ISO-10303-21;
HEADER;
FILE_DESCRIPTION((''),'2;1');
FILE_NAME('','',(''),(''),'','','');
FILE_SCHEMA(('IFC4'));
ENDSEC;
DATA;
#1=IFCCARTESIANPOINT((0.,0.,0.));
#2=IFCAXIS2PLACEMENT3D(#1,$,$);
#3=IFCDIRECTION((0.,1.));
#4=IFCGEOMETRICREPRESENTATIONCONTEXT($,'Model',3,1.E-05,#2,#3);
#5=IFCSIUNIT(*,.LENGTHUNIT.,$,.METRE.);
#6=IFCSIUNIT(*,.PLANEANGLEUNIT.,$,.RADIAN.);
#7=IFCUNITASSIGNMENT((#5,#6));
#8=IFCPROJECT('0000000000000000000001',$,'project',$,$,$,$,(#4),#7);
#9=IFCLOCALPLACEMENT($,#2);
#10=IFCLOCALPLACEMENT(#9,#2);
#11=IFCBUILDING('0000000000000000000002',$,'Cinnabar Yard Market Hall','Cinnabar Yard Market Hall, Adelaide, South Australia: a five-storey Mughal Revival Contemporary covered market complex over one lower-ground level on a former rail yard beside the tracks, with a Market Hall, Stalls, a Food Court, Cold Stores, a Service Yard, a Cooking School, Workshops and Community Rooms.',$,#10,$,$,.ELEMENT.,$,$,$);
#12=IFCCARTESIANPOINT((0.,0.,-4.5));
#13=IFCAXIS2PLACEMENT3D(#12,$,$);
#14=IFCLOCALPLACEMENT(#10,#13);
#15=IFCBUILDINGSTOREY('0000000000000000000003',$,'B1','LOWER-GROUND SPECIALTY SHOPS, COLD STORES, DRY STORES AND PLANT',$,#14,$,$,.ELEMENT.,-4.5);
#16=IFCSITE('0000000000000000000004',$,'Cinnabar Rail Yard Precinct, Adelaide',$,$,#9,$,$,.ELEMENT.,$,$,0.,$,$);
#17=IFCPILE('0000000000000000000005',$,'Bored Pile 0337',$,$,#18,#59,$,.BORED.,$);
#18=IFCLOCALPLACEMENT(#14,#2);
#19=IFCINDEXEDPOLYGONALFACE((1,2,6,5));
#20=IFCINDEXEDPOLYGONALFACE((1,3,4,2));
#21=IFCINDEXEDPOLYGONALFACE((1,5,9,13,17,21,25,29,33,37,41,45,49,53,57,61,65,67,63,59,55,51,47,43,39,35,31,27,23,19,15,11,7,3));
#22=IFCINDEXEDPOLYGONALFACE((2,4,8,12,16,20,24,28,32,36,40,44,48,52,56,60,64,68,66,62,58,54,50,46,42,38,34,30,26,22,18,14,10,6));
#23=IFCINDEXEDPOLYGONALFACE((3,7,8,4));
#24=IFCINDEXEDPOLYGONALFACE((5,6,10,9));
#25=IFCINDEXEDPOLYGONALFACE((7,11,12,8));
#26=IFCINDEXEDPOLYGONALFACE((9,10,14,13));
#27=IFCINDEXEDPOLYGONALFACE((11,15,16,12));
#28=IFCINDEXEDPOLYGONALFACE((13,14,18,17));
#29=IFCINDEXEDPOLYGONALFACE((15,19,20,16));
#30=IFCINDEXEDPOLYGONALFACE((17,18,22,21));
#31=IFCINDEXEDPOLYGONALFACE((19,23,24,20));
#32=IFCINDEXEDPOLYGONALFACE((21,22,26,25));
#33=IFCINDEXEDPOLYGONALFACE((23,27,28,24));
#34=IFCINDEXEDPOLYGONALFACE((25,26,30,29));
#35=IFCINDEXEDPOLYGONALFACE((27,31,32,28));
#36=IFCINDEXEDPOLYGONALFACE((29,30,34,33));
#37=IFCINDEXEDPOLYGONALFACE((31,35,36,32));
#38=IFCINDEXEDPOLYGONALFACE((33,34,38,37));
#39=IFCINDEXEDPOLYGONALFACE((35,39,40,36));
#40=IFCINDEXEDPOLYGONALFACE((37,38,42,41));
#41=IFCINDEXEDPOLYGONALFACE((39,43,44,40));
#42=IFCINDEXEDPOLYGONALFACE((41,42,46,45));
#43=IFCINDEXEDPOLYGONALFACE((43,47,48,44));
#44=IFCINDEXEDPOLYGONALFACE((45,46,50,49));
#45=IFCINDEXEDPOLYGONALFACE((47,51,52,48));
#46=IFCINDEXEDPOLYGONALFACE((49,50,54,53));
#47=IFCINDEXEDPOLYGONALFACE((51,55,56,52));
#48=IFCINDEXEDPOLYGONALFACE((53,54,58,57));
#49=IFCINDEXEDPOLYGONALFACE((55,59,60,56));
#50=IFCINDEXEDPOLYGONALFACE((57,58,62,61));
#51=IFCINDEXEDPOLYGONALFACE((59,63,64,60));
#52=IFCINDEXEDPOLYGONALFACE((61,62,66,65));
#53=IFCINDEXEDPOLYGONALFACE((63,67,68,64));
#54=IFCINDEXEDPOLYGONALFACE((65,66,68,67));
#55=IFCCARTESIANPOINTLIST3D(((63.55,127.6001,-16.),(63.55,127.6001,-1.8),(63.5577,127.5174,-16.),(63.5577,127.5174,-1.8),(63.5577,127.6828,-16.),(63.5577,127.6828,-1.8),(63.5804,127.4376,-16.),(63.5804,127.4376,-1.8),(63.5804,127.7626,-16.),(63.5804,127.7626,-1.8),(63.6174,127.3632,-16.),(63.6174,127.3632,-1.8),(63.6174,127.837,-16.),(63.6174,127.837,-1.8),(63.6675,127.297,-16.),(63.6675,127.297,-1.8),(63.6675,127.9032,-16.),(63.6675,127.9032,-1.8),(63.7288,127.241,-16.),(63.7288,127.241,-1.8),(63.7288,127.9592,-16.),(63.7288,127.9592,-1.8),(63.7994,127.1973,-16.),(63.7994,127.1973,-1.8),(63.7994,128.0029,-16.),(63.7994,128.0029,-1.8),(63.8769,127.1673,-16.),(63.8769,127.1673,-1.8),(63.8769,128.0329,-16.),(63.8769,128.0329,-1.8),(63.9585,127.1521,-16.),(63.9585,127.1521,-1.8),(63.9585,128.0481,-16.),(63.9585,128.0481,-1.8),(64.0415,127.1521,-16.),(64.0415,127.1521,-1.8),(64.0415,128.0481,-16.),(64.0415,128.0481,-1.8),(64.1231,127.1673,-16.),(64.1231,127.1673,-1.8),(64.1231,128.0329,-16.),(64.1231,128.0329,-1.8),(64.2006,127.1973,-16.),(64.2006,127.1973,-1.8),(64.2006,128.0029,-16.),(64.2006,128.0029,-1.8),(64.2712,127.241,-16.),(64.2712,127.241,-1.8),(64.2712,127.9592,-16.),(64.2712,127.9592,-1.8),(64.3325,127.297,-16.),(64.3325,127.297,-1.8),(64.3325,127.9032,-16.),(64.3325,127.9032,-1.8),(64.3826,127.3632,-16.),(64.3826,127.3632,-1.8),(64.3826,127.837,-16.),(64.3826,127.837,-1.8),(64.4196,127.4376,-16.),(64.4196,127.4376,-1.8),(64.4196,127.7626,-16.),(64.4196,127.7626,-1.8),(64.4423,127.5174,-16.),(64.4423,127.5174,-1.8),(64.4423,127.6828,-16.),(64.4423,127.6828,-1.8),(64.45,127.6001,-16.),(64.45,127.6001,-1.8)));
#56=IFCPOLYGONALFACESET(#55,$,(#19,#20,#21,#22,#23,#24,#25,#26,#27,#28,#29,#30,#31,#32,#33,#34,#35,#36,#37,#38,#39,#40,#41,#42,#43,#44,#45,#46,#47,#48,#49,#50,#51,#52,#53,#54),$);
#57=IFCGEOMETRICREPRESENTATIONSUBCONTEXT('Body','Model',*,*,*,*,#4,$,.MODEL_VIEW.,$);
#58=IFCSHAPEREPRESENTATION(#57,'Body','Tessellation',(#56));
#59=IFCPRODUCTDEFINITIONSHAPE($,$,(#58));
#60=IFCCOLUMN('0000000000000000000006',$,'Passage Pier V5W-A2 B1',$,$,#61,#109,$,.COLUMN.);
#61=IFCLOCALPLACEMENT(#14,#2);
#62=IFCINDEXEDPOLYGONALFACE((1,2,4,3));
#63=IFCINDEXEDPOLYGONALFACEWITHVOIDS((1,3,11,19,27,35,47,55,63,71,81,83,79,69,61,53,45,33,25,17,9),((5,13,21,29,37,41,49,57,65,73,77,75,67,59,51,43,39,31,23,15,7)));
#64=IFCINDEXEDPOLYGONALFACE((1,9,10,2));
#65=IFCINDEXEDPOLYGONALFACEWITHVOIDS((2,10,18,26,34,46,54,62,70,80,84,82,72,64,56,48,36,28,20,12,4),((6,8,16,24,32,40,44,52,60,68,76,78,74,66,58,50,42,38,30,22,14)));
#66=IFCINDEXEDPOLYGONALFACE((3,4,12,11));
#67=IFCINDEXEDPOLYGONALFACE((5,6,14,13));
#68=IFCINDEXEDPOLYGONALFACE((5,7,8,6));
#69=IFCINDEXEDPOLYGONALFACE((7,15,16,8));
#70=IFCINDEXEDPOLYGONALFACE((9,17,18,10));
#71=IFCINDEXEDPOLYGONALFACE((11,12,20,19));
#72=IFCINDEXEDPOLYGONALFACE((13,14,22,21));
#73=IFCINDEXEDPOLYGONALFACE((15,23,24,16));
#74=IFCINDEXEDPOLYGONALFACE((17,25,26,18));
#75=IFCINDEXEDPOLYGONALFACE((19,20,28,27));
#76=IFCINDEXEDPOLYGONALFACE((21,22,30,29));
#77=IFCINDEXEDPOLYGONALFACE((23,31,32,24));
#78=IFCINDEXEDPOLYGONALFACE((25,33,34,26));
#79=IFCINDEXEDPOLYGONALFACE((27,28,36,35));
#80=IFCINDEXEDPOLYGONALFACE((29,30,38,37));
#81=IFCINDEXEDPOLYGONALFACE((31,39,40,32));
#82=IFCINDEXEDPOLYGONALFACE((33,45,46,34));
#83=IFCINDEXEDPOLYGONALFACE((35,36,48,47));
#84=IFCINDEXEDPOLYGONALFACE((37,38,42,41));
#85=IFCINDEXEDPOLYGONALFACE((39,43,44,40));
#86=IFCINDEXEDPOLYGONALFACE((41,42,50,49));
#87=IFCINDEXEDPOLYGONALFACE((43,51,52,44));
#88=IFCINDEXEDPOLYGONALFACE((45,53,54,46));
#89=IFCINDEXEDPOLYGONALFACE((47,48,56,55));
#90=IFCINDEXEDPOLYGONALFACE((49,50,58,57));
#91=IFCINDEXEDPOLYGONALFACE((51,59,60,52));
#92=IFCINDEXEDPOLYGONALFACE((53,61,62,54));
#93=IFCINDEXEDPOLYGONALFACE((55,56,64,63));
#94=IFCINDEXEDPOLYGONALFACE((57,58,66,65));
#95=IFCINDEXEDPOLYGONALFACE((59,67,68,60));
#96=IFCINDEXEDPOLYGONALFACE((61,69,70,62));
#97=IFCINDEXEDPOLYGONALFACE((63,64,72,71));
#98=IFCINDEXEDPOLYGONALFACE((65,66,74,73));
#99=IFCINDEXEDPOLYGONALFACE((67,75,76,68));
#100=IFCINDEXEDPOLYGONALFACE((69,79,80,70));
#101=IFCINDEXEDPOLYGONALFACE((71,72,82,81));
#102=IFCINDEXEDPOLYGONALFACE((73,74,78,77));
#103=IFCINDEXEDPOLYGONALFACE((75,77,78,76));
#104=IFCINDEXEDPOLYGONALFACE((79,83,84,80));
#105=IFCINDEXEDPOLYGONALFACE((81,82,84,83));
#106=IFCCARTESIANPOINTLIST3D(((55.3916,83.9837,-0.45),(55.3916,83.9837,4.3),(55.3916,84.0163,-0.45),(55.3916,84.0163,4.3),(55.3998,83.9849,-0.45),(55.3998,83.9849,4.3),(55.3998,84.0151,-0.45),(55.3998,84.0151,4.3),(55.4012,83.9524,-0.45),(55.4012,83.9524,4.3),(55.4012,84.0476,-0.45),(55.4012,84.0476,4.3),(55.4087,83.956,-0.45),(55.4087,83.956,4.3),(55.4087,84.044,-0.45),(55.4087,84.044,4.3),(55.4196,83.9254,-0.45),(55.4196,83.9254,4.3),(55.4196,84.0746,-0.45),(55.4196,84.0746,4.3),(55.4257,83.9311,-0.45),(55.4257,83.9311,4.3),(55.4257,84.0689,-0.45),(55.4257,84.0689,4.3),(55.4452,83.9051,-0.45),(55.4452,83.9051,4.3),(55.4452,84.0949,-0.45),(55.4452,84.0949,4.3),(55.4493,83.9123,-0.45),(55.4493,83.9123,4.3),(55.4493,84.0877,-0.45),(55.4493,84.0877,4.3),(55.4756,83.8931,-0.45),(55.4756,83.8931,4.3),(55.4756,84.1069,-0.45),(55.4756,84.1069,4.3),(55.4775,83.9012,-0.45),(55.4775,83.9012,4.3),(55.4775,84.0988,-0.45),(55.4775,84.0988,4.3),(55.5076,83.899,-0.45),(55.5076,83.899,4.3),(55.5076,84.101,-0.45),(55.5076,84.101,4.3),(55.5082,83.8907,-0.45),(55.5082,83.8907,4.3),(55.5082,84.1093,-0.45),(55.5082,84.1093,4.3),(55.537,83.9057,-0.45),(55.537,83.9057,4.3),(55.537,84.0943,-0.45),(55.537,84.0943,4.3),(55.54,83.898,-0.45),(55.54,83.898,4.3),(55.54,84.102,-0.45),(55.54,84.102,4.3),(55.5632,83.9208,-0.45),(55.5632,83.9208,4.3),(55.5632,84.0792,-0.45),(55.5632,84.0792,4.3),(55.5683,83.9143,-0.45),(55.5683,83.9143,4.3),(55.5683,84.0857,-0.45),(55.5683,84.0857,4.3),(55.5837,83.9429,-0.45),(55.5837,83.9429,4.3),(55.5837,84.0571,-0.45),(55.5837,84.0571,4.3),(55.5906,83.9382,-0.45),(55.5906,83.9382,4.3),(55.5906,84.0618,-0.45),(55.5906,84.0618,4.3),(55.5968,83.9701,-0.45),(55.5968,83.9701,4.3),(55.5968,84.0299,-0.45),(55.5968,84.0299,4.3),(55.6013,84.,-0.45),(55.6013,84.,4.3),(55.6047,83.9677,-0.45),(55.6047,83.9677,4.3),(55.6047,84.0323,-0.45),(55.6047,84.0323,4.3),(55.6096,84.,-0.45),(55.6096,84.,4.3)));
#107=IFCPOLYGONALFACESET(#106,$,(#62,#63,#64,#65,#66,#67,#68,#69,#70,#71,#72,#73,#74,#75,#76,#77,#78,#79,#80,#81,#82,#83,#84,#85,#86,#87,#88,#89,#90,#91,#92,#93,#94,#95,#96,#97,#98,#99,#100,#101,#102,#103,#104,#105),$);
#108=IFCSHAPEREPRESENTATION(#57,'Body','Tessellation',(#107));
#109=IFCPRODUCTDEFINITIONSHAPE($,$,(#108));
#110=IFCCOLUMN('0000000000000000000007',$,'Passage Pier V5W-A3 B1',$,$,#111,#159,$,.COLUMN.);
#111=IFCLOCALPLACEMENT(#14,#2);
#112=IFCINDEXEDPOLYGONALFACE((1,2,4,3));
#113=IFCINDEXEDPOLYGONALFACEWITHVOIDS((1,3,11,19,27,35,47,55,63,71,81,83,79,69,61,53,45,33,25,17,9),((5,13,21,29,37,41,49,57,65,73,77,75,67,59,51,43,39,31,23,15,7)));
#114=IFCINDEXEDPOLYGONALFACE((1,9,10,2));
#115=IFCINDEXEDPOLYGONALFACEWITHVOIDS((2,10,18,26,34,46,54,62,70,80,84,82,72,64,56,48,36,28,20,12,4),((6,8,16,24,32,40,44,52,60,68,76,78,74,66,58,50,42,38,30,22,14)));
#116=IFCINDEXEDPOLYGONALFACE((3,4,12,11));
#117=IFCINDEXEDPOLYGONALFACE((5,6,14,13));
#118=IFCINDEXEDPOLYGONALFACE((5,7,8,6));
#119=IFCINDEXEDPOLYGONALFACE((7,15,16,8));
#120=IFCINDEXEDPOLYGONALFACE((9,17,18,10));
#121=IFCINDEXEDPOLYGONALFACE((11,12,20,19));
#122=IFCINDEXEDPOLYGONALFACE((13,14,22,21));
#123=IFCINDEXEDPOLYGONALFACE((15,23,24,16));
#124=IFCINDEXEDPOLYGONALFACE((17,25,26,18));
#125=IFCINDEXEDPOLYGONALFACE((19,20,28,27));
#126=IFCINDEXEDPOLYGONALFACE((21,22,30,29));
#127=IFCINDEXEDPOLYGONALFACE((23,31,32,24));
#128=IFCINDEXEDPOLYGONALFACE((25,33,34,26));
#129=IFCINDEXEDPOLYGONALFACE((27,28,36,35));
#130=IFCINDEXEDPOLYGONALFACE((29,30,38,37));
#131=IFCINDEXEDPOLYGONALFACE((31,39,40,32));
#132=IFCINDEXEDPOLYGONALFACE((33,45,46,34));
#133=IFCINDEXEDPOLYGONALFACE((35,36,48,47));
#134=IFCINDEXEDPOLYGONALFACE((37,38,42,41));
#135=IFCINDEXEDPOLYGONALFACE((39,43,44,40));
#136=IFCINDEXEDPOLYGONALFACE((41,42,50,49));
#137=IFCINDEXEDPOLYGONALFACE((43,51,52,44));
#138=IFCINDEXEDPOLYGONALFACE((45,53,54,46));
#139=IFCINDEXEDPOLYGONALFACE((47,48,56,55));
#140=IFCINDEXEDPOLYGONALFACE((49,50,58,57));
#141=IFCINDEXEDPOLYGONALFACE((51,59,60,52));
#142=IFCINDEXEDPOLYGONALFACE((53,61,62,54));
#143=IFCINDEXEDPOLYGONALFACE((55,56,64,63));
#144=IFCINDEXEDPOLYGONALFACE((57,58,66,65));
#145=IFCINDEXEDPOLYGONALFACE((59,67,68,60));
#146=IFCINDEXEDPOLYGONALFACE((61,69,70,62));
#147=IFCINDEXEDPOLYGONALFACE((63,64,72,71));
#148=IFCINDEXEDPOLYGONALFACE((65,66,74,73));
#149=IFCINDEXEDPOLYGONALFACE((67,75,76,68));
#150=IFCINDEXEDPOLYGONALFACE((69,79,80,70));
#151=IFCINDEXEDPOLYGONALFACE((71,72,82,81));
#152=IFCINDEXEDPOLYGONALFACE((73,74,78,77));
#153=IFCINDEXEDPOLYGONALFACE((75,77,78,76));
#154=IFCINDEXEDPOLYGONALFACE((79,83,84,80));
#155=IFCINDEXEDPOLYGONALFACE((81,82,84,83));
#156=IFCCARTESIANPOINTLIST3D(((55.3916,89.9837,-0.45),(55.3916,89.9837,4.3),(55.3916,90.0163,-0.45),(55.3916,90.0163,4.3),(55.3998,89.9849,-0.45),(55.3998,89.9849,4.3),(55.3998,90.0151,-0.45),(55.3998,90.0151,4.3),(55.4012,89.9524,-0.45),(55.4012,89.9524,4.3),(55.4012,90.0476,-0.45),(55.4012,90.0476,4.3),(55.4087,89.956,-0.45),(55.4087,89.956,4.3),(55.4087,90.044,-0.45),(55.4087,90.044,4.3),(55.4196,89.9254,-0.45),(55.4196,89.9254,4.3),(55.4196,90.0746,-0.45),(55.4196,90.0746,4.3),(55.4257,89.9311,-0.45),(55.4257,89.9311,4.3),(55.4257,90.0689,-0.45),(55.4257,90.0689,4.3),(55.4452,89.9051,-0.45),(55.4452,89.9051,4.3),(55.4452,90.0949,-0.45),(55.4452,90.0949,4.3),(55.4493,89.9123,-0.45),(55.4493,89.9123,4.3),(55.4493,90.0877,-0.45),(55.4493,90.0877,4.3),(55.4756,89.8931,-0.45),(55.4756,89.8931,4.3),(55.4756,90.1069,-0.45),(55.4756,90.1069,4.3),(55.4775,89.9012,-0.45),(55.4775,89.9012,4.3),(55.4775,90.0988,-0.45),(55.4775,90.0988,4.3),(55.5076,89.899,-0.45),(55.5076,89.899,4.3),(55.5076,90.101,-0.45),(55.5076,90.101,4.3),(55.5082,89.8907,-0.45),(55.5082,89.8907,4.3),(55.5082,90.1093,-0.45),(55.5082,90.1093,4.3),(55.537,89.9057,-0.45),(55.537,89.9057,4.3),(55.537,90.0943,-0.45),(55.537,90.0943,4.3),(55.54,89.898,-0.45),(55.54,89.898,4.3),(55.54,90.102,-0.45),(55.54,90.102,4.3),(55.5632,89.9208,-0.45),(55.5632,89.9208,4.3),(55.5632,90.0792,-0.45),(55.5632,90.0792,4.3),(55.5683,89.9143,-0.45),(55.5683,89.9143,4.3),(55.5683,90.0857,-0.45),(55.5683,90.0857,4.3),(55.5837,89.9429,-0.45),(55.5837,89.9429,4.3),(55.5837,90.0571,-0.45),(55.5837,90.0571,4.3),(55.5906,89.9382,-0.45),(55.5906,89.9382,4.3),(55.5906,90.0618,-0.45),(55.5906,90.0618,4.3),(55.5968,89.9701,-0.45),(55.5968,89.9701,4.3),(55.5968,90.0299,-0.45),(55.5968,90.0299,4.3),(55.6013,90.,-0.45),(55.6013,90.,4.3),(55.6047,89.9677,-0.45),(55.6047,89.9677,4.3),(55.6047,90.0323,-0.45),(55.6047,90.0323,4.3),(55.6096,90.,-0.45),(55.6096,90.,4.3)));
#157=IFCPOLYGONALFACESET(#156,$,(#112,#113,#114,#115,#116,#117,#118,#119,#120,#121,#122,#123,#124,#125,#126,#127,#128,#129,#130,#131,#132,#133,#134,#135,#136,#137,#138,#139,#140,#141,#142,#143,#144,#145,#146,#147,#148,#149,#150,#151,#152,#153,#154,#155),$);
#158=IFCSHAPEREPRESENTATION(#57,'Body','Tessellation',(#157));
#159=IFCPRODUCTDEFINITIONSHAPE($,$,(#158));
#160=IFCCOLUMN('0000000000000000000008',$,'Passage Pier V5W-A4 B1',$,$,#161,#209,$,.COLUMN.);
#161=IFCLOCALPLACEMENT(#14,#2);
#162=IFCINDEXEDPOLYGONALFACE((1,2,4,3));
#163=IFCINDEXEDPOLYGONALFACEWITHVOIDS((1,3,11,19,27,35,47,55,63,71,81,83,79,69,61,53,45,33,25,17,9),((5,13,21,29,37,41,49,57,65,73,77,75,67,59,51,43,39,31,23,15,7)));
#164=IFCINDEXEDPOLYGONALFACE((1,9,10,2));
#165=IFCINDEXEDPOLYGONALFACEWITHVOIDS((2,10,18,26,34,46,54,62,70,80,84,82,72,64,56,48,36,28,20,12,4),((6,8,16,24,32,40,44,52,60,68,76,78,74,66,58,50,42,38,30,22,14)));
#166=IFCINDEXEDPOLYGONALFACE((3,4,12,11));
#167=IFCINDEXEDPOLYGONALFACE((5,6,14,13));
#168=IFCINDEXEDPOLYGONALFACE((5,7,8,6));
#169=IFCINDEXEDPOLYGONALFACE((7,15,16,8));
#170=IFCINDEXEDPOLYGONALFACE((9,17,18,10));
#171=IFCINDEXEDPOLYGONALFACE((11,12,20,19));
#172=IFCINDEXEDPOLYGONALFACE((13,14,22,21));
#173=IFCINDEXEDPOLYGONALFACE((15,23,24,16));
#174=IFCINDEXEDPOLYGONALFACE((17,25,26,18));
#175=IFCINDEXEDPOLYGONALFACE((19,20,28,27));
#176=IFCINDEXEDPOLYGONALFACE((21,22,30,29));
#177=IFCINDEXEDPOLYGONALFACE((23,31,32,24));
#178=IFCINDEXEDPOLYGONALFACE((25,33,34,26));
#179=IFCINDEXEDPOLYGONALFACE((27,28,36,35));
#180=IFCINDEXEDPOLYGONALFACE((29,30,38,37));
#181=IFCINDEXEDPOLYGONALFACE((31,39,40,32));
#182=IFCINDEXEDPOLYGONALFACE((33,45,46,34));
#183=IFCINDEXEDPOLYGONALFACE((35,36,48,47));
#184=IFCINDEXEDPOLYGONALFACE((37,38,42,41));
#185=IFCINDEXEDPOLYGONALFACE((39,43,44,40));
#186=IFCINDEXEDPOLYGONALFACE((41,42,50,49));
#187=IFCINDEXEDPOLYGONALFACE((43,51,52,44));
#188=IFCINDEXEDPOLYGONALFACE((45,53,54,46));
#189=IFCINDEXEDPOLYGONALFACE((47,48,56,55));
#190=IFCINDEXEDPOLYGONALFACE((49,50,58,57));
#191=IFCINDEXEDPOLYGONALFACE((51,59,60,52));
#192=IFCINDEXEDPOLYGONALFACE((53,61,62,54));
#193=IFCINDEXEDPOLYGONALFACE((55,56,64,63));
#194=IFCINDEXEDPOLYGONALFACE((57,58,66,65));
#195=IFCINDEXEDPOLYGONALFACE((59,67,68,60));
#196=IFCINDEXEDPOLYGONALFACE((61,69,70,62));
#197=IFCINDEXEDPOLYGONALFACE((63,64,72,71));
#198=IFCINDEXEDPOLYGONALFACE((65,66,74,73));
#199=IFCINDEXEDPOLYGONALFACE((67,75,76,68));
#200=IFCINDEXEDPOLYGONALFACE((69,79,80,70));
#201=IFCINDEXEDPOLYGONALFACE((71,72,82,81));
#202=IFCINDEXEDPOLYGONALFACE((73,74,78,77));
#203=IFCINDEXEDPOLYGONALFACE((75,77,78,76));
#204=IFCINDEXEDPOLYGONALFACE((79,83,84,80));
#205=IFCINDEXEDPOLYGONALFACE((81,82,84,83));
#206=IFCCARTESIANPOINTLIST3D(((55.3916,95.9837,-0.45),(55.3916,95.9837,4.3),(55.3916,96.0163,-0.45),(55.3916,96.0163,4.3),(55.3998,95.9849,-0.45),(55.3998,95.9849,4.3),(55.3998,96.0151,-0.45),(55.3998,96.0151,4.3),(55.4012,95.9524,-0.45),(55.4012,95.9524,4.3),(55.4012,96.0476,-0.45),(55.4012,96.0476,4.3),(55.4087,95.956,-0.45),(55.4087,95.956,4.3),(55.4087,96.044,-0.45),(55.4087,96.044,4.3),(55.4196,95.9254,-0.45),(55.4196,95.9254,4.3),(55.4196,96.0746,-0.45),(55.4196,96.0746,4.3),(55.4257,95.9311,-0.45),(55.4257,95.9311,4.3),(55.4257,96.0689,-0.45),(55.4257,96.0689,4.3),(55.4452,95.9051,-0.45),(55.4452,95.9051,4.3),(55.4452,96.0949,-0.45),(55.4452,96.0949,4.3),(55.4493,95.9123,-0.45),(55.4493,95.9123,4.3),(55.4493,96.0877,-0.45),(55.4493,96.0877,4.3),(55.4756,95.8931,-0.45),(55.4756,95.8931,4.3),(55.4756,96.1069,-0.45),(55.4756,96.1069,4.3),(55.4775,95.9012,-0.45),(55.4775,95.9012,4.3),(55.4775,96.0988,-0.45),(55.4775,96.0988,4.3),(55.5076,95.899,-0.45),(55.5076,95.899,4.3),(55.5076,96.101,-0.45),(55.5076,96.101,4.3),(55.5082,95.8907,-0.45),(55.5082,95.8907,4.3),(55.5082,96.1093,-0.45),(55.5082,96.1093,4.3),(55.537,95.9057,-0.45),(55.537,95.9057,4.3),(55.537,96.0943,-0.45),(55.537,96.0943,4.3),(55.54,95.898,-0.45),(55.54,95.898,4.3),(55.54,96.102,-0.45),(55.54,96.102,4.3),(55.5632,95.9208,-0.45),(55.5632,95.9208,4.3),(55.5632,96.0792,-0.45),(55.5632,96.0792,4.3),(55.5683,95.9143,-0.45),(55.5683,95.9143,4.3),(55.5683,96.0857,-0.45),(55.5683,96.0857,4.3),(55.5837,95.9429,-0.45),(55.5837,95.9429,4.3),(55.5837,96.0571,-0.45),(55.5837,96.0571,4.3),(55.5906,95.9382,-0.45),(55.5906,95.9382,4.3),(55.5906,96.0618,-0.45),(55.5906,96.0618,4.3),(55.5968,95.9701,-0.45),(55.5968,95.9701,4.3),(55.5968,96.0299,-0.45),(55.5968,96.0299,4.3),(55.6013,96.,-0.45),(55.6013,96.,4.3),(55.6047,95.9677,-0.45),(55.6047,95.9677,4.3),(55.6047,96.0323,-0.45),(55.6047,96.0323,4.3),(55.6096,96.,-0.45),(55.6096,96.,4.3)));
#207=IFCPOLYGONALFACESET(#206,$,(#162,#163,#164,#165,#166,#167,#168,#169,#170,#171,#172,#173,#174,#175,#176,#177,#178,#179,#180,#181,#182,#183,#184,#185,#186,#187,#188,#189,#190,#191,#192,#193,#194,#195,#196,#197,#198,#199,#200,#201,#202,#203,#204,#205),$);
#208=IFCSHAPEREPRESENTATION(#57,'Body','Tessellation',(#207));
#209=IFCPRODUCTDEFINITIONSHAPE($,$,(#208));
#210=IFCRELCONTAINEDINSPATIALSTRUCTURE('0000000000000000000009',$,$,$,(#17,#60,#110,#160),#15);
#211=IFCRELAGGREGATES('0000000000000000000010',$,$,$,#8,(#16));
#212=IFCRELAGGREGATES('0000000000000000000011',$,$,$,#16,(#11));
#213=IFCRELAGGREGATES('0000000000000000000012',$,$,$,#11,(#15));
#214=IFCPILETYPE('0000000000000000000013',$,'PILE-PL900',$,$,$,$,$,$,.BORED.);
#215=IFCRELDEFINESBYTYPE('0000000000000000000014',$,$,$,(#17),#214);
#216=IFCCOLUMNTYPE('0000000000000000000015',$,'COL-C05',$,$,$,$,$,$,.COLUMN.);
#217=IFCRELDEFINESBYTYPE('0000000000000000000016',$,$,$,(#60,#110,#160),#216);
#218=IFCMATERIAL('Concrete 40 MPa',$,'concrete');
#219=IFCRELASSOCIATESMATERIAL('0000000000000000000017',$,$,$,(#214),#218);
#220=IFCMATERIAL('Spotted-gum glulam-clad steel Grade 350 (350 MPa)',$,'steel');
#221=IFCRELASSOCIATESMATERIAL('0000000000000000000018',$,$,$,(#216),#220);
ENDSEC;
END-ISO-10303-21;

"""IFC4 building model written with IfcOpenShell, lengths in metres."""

from ifc_helpers import new_model, si_unit, direction, frame, origin, origin_2d_with_axis, place, context, subcontext, project, spatial, circle, hollow_circle, extrude, material, material_profile, profile_set, type_object, element, save


model = new_model("IFC4")

# Units and contexts
model_context = context("Model", 3, precision=1e-05, world=origin(), true_north=direction((0.0, 1.0)))
body_context = subcontext(model_context, "Body", "Model", "MODEL_VIEW")
ifc_project = project(units=[si_unit("LENGTHUNIT", "METRE"), si_unit("PLANEANGLEUNIT", "RADIAN")], contexts=[model_context])

# Site, building, storey
site_placement = place(None, origin())
site = spatial("IfcSite", under=ifc_project, at=site_placement, Name="Cinnabar Rail Yard Precinct, Adelaide", CompositionType="ELEMENT", RefElevation=0.0)
building_placement = place(site_placement, origin())
building = spatial("IfcBuilding", under=site, at=building_placement, Name="Cinnabar Yard Market Hall", Description="Cinnabar Yard Market Hall, Adelaide, South Australia: a five-storey Mughal Revival Contemporary covered market complex over one lower-ground level on a former rail yard beside the tracks, with a Market Hall, Stalls, a Food Court, Cold Stores, a Service Yard, a Cooking School, Workshops and Community Rooms.", CompositionType="ELEMENT")
storey_placement = place(building_placement, frame((0.0, 0.0, -4.5)))
storey = spatial("IfcBuildingStorey", under=building, at=storey_placement, Name="B1", Description="LOWER-GROUND SPECIALTY SHOPS, COLD STORES, DRY STORES AND PLANT", CompositionType="ELEMENT", Elevation=-4.5)

# Shared definitions
ifc_material_1 = material(Name="Concrete 40 MPa", Category="concrete")

# Pile
ifc_material_profile_1 = material_profile(ifc_material_1, circle(Radius=0.45, at=origin_2d_with_axis()), Name="PILE-D900")
ifc_profile_set_1 = profile_set([ifc_material_profile_1], Name="Concrete 40 MPa")
pile_type_1 = type_object("IfcPileType", Name="PILE-PL900", PredefinedType="BORED", material=ifc_profile_set_1)
pile_placement = place(storey_placement, frame((64.0, 127.6001, -1.8), z_axis=(0.0, 0.0, -1.0), x_axis=(1.0, 0.0, 0.0)))
element("IfcPile", 1, at=pile_placement, inside=storey, type_object=pile_type_1, Name="Bored Pile 0337", PredefinedType="BORED", context=body_context, shape_type="SweptSolid", body=[
    extrude(circle(Radius=0.45, at=origin_2d_with_axis()), origin(), (0.0, 0.0, 1.0), 14.2),
])

# Columns
ifc_material_2 = material(Name="Spotted-gum glulam-clad steel Grade 350 (350 MPa)", Category="steel")
ifc_material_profile_2 = material_profile(ifc_material_2, hollow_circle(Radius=0.1096, WallThickness=0.0083, at=origin_2d_with_axis()), Name="219.1x8.2CHS")
ifc_profile_set_2 = profile_set([ifc_material_profile_2], Name="Spotted-gum glulam-clad steel Grade 350 (350 MPa)")
column_type_1 = type_object("IfcColumnType", Name="COL-C05", PredefinedType="COLUMN", material=ifc_profile_set_2)
for number, where, z_axis, x_axis, name in (
    (2, (55.5, 84.0, -0.45), (0.0, 0.0, 1.0), (1.0, 0.0, 0.0), "Passage Pier V5W-A2 B1"),
    (3, (55.5, 90.0, -0.45), (0.0, 0.0, 1.0), (1.0, 0.0, 0.0), "Passage Pier V5W-A3 B1"),
    (4, (55.5, 96.0, -0.45), (0.0, 0.0, 1.0), (1.0, 0.0, 0.0), "Passage Pier V5W-A4 B1"),
):
    element("IfcColumn", number, at=place(storey_placement, frame(where, z_axis=z_axis, x_axis=x_axis)), inside=storey, type_object=column_type_1, Name=name, PredefinedType="COLUMN", context=body_context, shape_type="SweptSolid", body=[
        extrude(hollow_circle(Radius=0.1096, WallThickness=0.0083, at=origin_2d_with_axis()), origin(), (0.0, 0.0, 1.0), 4.75),
    ])

save(model, "model.ifc")
